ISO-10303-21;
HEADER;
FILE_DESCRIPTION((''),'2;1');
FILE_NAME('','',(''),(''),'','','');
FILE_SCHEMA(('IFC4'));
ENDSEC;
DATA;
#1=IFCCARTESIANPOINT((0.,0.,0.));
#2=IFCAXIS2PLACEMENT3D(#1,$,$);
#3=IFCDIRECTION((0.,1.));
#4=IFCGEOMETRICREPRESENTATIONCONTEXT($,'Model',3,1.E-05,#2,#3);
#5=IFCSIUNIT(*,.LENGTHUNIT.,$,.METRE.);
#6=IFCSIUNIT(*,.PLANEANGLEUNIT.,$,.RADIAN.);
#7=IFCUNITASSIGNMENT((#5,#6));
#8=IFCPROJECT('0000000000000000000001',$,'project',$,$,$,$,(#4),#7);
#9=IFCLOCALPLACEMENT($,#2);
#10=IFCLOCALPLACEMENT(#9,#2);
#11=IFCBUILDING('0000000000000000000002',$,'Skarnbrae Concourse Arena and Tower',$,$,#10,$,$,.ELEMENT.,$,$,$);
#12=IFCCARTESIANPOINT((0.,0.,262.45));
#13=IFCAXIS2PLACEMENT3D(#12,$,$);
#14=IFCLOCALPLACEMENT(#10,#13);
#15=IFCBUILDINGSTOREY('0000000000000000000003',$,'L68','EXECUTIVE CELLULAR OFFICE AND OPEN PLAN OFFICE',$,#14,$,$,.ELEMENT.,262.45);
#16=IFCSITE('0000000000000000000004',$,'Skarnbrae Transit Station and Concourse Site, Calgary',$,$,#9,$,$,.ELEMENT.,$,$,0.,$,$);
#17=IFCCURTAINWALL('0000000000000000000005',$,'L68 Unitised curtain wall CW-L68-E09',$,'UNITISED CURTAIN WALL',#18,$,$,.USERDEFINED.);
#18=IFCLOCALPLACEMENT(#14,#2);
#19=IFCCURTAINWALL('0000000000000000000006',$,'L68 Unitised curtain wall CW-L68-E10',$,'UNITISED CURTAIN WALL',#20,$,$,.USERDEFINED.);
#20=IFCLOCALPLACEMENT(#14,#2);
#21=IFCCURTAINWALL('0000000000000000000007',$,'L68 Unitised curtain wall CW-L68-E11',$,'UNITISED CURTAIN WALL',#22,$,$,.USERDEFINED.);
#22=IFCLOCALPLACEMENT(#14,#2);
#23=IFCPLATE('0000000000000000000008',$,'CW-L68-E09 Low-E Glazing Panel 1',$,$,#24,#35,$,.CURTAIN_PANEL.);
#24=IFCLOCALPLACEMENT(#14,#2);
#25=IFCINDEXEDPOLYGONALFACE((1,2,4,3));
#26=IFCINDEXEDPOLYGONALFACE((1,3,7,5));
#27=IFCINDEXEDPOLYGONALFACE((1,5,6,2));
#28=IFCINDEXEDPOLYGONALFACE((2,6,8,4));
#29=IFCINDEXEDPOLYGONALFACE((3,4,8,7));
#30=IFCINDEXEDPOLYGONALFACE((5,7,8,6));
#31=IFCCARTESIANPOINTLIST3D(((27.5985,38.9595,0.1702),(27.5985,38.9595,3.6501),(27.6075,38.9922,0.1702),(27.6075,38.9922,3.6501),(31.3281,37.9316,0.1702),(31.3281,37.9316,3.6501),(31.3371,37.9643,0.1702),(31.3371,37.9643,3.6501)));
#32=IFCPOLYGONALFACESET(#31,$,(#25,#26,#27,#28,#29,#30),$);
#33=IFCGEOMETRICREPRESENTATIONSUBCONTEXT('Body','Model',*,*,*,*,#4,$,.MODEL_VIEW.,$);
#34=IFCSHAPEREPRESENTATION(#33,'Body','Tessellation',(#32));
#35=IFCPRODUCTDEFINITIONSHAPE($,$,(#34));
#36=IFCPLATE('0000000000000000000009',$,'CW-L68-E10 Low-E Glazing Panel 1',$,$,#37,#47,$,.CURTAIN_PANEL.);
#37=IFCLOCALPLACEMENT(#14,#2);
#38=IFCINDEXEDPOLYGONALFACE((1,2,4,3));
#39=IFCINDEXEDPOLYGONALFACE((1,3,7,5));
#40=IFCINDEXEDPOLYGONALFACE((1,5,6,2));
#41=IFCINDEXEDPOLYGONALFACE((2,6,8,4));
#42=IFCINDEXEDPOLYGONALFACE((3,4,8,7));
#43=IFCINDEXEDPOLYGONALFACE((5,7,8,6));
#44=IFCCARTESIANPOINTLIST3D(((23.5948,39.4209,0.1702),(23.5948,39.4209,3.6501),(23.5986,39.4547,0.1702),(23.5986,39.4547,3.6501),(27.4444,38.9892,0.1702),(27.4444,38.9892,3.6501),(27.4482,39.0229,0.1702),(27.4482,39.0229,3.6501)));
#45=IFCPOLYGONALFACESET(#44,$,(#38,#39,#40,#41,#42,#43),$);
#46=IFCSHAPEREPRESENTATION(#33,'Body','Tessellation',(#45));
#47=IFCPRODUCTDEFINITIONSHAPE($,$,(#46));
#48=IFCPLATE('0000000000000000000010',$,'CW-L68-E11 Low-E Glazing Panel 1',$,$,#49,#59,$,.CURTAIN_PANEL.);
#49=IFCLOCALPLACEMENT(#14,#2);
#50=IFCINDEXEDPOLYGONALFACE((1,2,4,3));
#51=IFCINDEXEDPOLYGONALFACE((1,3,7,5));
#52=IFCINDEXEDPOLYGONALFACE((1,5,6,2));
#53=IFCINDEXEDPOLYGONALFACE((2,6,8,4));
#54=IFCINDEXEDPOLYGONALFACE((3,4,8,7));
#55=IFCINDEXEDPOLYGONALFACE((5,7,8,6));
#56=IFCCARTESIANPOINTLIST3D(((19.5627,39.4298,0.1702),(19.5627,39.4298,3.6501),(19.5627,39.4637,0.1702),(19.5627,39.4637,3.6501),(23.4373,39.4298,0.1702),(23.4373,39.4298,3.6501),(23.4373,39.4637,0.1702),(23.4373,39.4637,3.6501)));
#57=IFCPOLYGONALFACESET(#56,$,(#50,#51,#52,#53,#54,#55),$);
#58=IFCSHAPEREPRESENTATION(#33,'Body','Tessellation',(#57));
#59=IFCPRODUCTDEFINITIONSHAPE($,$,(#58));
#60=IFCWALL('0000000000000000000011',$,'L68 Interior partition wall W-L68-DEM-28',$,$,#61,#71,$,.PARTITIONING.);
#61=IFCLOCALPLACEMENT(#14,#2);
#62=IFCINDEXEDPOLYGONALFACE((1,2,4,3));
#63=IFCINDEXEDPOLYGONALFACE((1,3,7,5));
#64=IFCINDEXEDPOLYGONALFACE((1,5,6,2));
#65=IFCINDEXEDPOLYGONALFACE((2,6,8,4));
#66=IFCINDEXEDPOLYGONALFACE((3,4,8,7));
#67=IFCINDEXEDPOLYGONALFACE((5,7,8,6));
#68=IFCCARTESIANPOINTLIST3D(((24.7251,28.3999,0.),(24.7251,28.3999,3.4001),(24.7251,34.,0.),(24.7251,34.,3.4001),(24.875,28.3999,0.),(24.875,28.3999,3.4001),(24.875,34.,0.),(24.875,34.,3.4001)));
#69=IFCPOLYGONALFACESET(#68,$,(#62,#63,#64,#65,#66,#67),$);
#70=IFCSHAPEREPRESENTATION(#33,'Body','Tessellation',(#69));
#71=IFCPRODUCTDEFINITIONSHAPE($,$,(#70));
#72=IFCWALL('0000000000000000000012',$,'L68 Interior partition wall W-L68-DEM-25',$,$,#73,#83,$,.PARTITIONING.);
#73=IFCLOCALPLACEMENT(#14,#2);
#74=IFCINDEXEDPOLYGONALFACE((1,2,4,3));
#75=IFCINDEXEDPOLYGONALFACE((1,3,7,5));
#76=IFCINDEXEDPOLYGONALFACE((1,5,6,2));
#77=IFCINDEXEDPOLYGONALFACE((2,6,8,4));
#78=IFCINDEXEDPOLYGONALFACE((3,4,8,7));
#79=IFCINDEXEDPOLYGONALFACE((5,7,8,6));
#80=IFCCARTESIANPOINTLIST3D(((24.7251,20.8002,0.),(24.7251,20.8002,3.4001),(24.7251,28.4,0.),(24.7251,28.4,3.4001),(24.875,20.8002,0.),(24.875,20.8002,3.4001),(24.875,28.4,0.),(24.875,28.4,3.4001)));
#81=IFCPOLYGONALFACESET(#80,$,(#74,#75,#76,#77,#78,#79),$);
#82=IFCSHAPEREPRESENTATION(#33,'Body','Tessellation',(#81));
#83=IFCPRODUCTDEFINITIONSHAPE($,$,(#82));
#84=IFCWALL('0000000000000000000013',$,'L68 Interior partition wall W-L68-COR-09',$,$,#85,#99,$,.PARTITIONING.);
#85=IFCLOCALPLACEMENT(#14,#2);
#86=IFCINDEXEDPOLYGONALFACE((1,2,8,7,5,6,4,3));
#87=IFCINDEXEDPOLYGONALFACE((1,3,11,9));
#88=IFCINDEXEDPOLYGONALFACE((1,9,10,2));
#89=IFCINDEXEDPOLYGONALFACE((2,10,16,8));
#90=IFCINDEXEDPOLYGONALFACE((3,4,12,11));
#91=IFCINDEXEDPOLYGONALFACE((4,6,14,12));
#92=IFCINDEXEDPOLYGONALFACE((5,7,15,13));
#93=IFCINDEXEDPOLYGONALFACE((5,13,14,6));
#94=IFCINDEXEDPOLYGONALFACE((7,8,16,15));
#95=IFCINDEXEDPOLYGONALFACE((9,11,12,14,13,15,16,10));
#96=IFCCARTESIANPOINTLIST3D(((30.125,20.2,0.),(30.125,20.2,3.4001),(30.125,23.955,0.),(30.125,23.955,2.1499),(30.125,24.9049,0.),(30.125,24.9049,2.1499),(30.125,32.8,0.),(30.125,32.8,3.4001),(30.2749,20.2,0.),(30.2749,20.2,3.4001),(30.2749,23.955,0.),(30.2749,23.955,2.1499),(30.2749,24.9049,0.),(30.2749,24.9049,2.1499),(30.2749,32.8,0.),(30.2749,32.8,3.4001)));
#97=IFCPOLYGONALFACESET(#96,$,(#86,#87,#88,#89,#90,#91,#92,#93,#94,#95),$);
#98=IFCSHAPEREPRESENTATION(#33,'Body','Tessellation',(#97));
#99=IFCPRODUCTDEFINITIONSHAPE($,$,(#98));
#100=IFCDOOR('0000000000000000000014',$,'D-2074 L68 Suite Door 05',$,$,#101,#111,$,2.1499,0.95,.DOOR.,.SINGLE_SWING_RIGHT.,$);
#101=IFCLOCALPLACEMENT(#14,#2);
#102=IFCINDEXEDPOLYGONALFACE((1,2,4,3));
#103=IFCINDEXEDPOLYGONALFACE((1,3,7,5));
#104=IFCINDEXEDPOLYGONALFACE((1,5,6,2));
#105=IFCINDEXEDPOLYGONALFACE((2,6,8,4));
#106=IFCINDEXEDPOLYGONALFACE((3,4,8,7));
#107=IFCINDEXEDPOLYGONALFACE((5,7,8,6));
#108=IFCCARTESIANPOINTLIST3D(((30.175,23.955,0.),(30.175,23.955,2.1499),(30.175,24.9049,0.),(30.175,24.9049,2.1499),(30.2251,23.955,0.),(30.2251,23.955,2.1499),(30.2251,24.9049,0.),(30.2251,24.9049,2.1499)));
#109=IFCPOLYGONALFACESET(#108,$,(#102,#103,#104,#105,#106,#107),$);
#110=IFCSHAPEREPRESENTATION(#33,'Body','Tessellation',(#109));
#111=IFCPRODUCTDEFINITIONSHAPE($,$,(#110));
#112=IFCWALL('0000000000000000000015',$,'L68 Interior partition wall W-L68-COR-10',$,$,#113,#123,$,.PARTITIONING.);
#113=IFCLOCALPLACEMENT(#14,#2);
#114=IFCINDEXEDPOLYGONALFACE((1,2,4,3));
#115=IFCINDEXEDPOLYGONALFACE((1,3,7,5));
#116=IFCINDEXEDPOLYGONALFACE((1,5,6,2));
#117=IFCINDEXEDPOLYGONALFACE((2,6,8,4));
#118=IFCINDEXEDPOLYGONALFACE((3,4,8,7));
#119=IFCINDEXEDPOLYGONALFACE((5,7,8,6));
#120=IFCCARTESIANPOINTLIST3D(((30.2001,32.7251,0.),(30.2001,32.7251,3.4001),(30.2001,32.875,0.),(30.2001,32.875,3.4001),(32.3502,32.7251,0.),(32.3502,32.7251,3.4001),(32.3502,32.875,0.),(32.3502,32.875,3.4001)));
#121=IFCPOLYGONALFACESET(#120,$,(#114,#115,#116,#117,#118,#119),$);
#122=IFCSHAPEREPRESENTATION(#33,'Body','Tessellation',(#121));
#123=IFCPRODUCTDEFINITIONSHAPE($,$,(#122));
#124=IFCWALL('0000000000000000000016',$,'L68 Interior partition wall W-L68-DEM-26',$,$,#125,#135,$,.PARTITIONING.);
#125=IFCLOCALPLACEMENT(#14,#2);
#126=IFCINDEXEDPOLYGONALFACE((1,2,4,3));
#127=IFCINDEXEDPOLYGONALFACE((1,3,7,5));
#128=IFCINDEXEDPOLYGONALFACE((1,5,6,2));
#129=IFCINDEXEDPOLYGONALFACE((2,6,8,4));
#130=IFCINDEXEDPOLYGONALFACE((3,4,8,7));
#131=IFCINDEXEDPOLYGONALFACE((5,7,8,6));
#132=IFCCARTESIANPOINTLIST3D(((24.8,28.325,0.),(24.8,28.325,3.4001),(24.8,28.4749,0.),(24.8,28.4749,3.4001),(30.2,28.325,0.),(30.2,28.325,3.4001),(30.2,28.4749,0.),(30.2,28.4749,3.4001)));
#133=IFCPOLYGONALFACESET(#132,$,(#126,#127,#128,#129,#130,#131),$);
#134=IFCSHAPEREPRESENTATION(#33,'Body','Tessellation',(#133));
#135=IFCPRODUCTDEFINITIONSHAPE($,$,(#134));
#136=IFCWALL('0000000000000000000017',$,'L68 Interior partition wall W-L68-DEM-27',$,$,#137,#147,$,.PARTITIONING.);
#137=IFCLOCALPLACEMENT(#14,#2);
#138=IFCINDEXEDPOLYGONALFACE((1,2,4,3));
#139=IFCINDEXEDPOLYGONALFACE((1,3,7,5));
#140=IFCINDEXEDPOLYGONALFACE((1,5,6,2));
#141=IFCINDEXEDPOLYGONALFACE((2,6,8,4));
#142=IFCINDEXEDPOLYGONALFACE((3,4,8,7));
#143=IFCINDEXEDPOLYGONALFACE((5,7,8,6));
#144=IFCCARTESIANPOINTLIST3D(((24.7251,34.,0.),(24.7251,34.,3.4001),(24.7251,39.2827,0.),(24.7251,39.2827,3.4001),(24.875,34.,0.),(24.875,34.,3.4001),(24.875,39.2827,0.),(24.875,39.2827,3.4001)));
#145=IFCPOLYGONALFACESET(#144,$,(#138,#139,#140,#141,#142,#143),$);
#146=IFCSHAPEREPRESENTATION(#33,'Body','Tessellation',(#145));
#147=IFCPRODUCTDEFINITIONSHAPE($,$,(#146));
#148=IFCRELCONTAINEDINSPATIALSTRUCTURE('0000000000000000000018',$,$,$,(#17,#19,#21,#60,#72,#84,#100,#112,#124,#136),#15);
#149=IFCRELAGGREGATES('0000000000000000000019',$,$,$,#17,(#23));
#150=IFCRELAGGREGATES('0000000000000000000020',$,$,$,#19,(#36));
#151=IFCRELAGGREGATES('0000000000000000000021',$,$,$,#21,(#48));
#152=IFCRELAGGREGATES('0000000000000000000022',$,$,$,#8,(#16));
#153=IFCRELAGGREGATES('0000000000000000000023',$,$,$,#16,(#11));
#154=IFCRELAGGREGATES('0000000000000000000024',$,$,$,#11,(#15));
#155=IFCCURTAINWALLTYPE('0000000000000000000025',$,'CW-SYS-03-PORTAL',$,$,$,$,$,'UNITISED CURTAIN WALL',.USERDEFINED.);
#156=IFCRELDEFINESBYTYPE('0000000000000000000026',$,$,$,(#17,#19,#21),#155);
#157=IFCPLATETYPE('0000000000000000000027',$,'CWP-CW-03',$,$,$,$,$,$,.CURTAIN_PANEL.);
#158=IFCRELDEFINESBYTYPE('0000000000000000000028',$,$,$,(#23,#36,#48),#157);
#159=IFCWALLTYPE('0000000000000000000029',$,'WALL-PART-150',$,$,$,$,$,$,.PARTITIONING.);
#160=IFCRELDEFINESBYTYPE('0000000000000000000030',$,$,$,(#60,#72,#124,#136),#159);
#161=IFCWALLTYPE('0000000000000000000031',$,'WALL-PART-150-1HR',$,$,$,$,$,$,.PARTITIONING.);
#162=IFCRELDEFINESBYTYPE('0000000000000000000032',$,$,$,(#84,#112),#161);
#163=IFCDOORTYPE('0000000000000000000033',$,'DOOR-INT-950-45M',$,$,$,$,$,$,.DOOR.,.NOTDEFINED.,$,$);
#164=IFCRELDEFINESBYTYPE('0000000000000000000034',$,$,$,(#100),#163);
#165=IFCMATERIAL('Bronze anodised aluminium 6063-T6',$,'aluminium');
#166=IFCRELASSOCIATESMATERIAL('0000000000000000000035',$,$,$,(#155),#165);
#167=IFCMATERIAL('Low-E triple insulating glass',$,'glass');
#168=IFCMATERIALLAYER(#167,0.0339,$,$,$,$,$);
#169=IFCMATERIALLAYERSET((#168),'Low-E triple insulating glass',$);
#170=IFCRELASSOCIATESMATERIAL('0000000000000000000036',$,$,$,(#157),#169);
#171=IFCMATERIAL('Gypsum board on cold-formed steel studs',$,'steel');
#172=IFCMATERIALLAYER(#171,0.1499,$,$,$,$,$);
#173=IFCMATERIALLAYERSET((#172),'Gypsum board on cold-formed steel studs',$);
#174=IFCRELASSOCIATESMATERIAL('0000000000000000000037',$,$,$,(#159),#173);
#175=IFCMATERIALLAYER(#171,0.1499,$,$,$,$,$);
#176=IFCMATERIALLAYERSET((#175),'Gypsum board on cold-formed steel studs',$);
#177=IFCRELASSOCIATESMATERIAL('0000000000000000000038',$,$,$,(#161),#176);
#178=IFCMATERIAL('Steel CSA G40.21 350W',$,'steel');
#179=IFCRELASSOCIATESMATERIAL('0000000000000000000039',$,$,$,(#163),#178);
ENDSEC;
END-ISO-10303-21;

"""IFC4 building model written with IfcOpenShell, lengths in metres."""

from ifc_helpers import new_model, si_unit, direction, frame, frame_2d, origin, origin_2d, place, context, subcontext, project, spatial, rectangle, extrude, source, transform, mapped, material, layer, layer_set, type_object, element, fill, aggregate, save


model = new_model("IFC4")

# Units and contexts
model_context = context("Model", 3, precision=1e-05, world=origin(), true_north=direction((0.0, 1.0)))
body_context = subcontext(model_context, "Body", "Model", "MODEL_VIEW")
ifc_project = project(units=[si_unit("LENGTHUNIT", "METRE"), si_unit("PLANEANGLEUNIT", "RADIAN")], contexts=[model_context])

# Site, building, storey
site_placement = place(None, origin())
site = spatial("IfcSite", under=ifc_project, at=site_placement, Name="Skarnbrae Transit Station and Concourse Site, Calgary", CompositionType="ELEMENT", RefElevation=0.0)
building_placement = place(site_placement, origin())
building = spatial("IfcBuilding", under=site, at=building_placement, Name="Skarnbrae Concourse Arena and Tower", CompositionType="ELEMENT")
storey_placement = place(building_placement, frame((0.0, 0.0, 262.45)))
storey = spatial("IfcBuildingStorey", under=building, at=storey_placement, Name="L68", Description="EXECUTIVE CELLULAR OFFICE AND OPEN PLAN OFFICE", CompositionType="ELEMENT", Elevation=262.45)

# Shared definitions
ifc_material_1 = material(Name="Steel CSA G40.21 350W", Category="steel")

# Curtain wall
ifc_material_2 = material(Name="Bronze anodised aluminium 6063-T6", Category="aluminium")
curtain_wall_type = type_object("IfcCurtainWallType", Name="CW-SYS-03-PORTAL", ElementType="UNITISED CURTAIN WALL", PredefinedType="USERDEFINED", material=ifc_material_2)
curtain_wall_1_placement = place(storey_placement, origin())
curtain_wall_1 = element("IfcCurtainWall", 1, at=curtain_wall_1_placement, inside=storey, type_object=curtain_wall_type, Name="L68 Unitised curtain wall CW-L68-E09", ObjectType="UNITISED CURTAIN WALL", PredefinedType="USERDEFINED")

# Curtain wall
curtain_wall_2_placement = place(storey_placement, origin())
curtain_wall_2 = element("IfcCurtainWall", 2, at=curtain_wall_2_placement, inside=storey, type_object=curtain_wall_type, Name="L68 Unitised curtain wall CW-L68-E10", ObjectType="UNITISED CURTAIN WALL", PredefinedType="USERDEFINED")

# Curtain wall
curtain_wall_3_placement = place(storey_placement, origin())
curtain_wall_3 = element("IfcCurtainWall", 3, at=curtain_wall_3_placement, inside=storey, type_object=curtain_wall_type, Name="L68 Unitised curtain wall CW-L68-E11", ObjectType="UNITISED CURTAIN WALL", PredefinedType="USERDEFINED")

# Plates
ifc_material_3 = material(Name="Low-E triple insulating glass", Category="glass")
ifc_layer_1 = layer(ifc_material_3, 0.0339)
ifc_layer_set_1 = layer_set([ifc_layer_1], Name="Low-E triple insulating glass")
plate_type = type_object("IfcPlateType", Name="CWP-CW-03", PredefinedType="CURTAIN_PANEL", material=ifc_layer_set_1)
shared_shape_1 = source(origin(), body_context, "Body", "SweptSolid", [
    extrude(rectangle(XDim=3.8687, YDim=0.0339, at=origin_2d()), origin(), (0.0, 0.0, 1.0), 3.48),
])
plate_1_placement = place(storey_placement, frame((29.4678, 38.4619, 0.1702), z_axis=(0.0, 0.0, 1.0), x_axis=(-0.964057, 0.265694, 0.0)))
plate_1 = element("IfcPlate", 4, at=plate_1_placement, type_object=plate_type, Name="CW-L68-E09 Low-E Glazing Panel 1", PredefinedType="CURTAIN_PANEL", context=body_context, shape_type="MappedRepresentation", body=[
    mapped(shared_shape_1, transform((0.0, 0.0, 0.0))),
])
aggregate(curtain_wall_1, [plate_1])
shared_shape_2 = source(origin(), body_context, "Body", "SweptSolid", [
    extrude(rectangle(XDim=3.8738, YDim=0.0339, at=origin_2d()), origin(), (0.0, 0.0, 1.0), 3.48),
])
plate_2_placement = place(storey_placement, frame((25.5215, 39.2219, 0.1702), z_axis=(0.0, 0.0, 1.0), x_axis=(-0.993769, 0.11146, 0.0)))
plate_2 = element("IfcPlate", 5, at=plate_2_placement, type_object=plate_type, Name="CW-L68-E10 Low-E Glazing Panel 1", PredefinedType="CURTAIN_PANEL", context=body_context, shape_type="MappedRepresentation", body=[
    mapped(shared_shape_2, transform((0.0, 0.0, 0.0))),
])
aggregate(curtain_wall_2, [plate_2])
shared_shape_3 = source(origin(), body_context, "Body", "SweptSolid", [
    extrude(rectangle(XDim=3.8745, YDim=0.0339, at=origin_2d()), origin(), (0.0, 0.0, 1.0), 3.48),
])
plate_3_placement = place(storey_placement, frame((21.5, 39.4468, 0.1702), z_axis=(0.0, 0.0, 1.0), x_axis=(-1.0, 0.0, 0.0)))
plate_3 = element("IfcPlate", 6, at=plate_3_placement, type_object=plate_type, Name="CW-L68-E11 Low-E Glazing Panel 1", PredefinedType="CURTAIN_PANEL", context=body_context, shape_type="MappedRepresentation", body=[
    mapped(shared_shape_3, transform((0.0, 0.0, 0.0))),
])
aggregate(curtain_wall_3, [plate_3])

# Walls
ifc_material_4 = material(Name="Gypsum board on cold-formed steel studs", Category="steel")
ifc_layer_2 = layer(ifc_material_4, 0.1499)
ifc_layer_set_2 = layer_set([ifc_layer_2], Name="Gypsum board on cold-formed steel studs")
wall_type_1 = type_object("IfcWallType", Name="WALL-PART-150", PredefinedType="PARTITIONING", material=ifc_layer_set_2)
shared_shape_4 = source(origin(), body_context, "Body", "SweptSolid", [
    extrude(rectangle(XDim=5.6001, YDim=0.1499, at=frame_2d((2.8, 0.0))), origin(), (0.0, 0.0, 1.0), 3.4001),
])
wall_1_placement = place(storey_placement, frame((24.8, 34.0, 0.0), z_axis=(0.0, 0.0, 1.0), x_axis=(0.0, -1.0, 0.0)))
element("IfcWall", 7, at=wall_1_placement, inside=storey, type_object=wall_type_1, Name="L68 Interior partition wall W-L68-DEM-28", PredefinedType="PARTITIONING", context=body_context, shape_type="MappedRepresentation", body=[
    mapped(shared_shape_4, transform((0.0, 0.0, 0.0))),
])
shared_shape_5 = source(origin(), body_context, "Body", "SweptSolid", [
    extrude(rectangle(XDim=7.5999, YDim=0.1499, at=frame_2d((3.7998, 0.0))), origin(), (0.0, 0.0, 1.0), 3.4001),
])
wall_2_placement = place(storey_placement, frame((24.8, 28.3999, 0.0), z_axis=(0.0, 0.0, 1.0), x_axis=(0.0, -1.0, 0.0)))
element("IfcWall", 8, at=wall_2_placement, inside=storey, type_object=wall_type_1, Name="L68 Interior partition wall W-L68-DEM-25", PredefinedType="PARTITIONING", context=body_context, shape_type="MappedRepresentation", body=[
    mapped(shared_shape_5, transform((0.0, 0.0, 0.0))),
])

# Wall, opening, door
ifc_layer_3 = layer(ifc_material_4, 0.1499)
ifc_layer_set_3 = layer_set([ifc_layer_3], Name="Gypsum board on cold-formed steel studs")
wall_type_2 = type_object("IfcWallType", Name="WALL-PART-150-1HR", PredefinedType="PARTITIONING", material=ifc_layer_set_3)
shared_shape_6 = source(origin(), body_context, "Body", "SweptSolid", [
    extrude(rectangle(XDim=12.6001, YDim=0.1499, at=frame_2d((6.3, 0.0))), origin(), (0.0, 0.0, 1.0), 3.4001),
])
wall_3_placement = place(storey_placement, frame((30.2, 20.2, 0.0), z_axis=(0.0, 0.0, 1.0), x_axis=(0.0, 1.0, 0.0)))
wall_3 = element("IfcWall", 9, at=wall_3_placement, inside=storey, type_object=wall_type_2, Name="L68 Interior partition wall W-L68-COR-09", PredefinedType="PARTITIONING", context=body_context, shape_type="MappedRepresentation", body=[
    mapped(shared_shape_6, transform((0.0, 0.0, 0.0))),
])
opening_placement = place(wall_3_placement, frame((3.7549, 0.0, 0.0)))
opening = element("IfcOpeningElement", 10, at=opening_placement, cuts=wall_3, PredefinedType="OPENING", context=body_context, shape_type="SweptSolid", body=[
    extrude(rectangle(XDim=0.95, YDim=2.1499, at=frame_2d((0.4751, 1.075))), frame((0.0, 0.085, 0.0), z_axis=(0.0, -1.0, 0.0), x_axis=(1.0, 0.0, 0.0)), (0.0, 0.0, 1.0), 0.1699),
])
door_type = type_object("IfcDoorType", Name="DOOR-INT-950-45M", OperationType="NOTDEFINED", PredefinedType="DOOR", material=ifc_material_1)
shared_shape_7 = source(origin(), body_context, "Body", "SweptSolid", [
    extrude(rectangle(XDim=0.95, YDim=2.1499, at=frame_2d((0.4751, 1.075))), frame((0.0, 0.0249, 0.0), z_axis=(0.0, -1.0, 0.0), x_axis=(1.0, 0.0, 0.0)), (0.0, 0.0, 1.0), 0.05),
])
door_placement = place(opening_placement, origin())
door = element("IfcDoor", 11, at=door_placement, inside=storey, type_object=door_type, Name="D-2074 L68 Suite Door 05", OperationType="SINGLE_SWING_RIGHT", OverallHeight=2.1499, OverallWidth=0.95, PredefinedType="DOOR", context=body_context, shape_type="MappedRepresentation", body=[
    mapped(shared_shape_7, transform((0.0, 0.0, 0.0))),
])
fill(opening, door)

# Walls
shared_shape_8 = source(origin(), body_context, "Body", "SweptSolid", [
    extrude(rectangle(XDim=2.1501, YDim=0.1499, at=frame_2d((1.0752, 0.0))), origin(), (0.0, 0.0, 1.0), 3.4001),
])
wall_4_placement = place(storey_placement, frame((30.2, 32.8, 0.0), z_axis=(0.0, 0.0, 1.0), x_axis=(1.0, 0.0, 0.0)))
element("IfcWall", 12, at=wall_4_placement, inside=storey, type_object=wall_type_2, Name="L68 Interior partition wall W-L68-COR-10", PredefinedType="PARTITIONING", context=body_context, shape_type="MappedRepresentation", body=[
    mapped(shared_shape_8, transform((0.0, 0.0, 0.0))),
])
shared_shape_9 = source(origin(), body_context, "Body", "SweptSolid", [
    extrude(rectangle(XDim=5.3999, YDim=0.1499, at=frame_2d((2.7, 0.0))), origin(), (0.0, 0.0, 1.0), 3.4001),
])
wall_5_placement = place(storey_placement, frame((24.8, 28.3999, 0.0), z_axis=(0.0, 0.0, 1.0), x_axis=(1.0, 0.0, 0.0)))
element("IfcWall", 13, at=wall_5_placement, inside=storey, type_object=wall_type_1, Name="L68 Interior partition wall W-L68-DEM-26", PredefinedType="PARTITIONING", context=body_context, shape_type="MappedRepresentation", body=[
    mapped(shared_shape_9, transform((0.0, 0.0, 0.0))),
])
shared_shape_10 = source(origin(), body_context, "Body", "SweptSolid", [
    extrude(rectangle(XDim=5.2827, YDim=0.1499, at=frame_2d((2.6414, 0.0))), origin(), (0.0, 0.0, 1.0), 3.4001),
])
wall_6_placement = place(storey_placement, frame((24.8, 39.2827, 0.0), z_axis=(0.0, 0.0, 1.0), x_axis=(0.0, -1.0, 0.0)))
element("IfcWall", 14, at=wall_6_placement, inside=storey, type_object=wall_type_1, Name="L68 Interior partition wall W-L68-DEM-27", PredefinedType="PARTITIONING", context=body_context, shape_type="MappedRepresentation", body=[
    mapped(shared_shape_10, transform((0.0, 0.0, 0.0))),
])

save(model, "model.ifc")
